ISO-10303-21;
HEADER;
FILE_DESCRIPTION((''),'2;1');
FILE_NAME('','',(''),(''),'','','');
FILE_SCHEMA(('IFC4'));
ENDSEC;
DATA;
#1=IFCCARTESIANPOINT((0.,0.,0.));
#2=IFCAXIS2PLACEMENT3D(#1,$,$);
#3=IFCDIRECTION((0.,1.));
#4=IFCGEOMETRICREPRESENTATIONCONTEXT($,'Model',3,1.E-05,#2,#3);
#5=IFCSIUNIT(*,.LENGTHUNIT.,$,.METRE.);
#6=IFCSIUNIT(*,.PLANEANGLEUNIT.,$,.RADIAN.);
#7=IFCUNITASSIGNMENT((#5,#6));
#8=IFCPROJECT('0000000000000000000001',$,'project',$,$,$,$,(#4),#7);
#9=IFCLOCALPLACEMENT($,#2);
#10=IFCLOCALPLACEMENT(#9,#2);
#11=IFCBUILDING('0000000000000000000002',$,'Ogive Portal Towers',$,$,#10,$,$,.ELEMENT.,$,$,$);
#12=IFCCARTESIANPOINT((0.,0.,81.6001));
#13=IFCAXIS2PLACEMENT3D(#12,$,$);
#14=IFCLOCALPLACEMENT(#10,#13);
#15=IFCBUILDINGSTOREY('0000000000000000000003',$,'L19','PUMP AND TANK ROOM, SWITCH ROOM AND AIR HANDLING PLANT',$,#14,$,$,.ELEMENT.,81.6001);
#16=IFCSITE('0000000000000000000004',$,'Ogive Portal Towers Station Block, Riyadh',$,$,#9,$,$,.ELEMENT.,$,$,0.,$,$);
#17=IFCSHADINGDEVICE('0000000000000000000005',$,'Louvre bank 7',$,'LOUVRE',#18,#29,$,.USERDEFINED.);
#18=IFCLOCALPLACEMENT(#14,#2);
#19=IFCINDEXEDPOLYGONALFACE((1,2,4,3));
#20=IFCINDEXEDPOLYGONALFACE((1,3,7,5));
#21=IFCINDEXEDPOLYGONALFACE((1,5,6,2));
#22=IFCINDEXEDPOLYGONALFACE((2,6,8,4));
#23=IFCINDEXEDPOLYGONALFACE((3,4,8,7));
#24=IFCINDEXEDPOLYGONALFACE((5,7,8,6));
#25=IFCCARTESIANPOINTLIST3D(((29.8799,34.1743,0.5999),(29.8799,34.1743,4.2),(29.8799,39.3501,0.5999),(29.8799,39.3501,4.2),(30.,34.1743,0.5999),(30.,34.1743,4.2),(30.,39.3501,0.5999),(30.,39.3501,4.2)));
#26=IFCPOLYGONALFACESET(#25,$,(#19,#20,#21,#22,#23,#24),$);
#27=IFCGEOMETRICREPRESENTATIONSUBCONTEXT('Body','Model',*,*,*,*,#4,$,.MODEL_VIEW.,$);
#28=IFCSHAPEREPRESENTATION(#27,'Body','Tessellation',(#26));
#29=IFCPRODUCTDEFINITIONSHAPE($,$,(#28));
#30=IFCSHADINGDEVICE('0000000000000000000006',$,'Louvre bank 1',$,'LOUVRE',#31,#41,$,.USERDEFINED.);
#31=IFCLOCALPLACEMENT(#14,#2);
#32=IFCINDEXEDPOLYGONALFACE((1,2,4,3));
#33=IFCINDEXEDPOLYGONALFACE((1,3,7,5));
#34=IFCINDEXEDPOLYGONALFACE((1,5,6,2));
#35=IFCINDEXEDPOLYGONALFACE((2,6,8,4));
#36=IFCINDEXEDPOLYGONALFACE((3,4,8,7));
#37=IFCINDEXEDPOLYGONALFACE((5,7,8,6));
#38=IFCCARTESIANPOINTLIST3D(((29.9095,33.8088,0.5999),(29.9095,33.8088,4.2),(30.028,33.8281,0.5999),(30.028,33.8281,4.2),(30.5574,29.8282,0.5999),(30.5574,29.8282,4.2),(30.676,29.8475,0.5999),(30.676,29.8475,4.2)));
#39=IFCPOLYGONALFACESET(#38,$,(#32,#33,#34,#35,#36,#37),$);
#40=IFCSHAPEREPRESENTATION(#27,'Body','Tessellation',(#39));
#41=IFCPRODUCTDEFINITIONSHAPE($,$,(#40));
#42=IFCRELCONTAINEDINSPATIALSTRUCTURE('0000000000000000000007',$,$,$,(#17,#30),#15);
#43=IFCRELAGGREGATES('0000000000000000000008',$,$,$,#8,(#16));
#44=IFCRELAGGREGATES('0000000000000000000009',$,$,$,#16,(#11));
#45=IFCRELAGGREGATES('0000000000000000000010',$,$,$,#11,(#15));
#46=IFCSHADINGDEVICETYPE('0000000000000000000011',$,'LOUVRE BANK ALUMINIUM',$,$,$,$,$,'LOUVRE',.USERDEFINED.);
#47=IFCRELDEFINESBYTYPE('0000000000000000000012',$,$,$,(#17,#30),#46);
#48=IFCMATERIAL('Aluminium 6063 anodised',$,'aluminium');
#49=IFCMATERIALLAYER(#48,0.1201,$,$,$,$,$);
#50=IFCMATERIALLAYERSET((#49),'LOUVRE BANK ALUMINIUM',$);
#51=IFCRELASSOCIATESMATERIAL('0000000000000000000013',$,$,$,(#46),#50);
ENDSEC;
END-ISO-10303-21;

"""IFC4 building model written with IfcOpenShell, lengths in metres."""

from ifc_helpers import new_model, si_unit, direction, frame, origin, origin_2d, place, context, subcontext, project, spatial, rectangle, extrude, material, layer, layer_set, type_object, element, save


model = new_model("IFC4")

# Units and contexts
model_context = context("Model", 3, precision=1e-05, world=origin(), true_north=direction((0.0, 1.0)))
body_context = subcontext(model_context, "Body", "Model", "MODEL_VIEW")
ifc_project = project(units=[si_unit("LENGTHUNIT", "METRE"), si_unit("PLANEANGLEUNIT", "RADIAN")], contexts=[model_context])

# Site, building, storey
site_placement = place(None, origin())
site = spatial("IfcSite", under=ifc_project, at=site_placement, Name="Ogive Portal Towers Station Block, Riyadh", CompositionType="ELEMENT", RefElevation=0.0)
building_placement = place(site_placement, origin())
building = spatial("IfcBuilding", under=site, at=building_placement, Name="Ogive Portal Towers", CompositionType="ELEMENT")
storey_placement = place(building_placement, frame((0.0, 0.0, 81.6001)))
storey = spatial("IfcBuildingStorey", under=building, at=storey_placement, Name="L19", Description="PUMP AND TANK ROOM, SWITCH ROOM AND AIR HANDLING PLANT", CompositionType="ELEMENT", Elevation=81.6001)

# Shading devices
ifc_material_1 = material(Name="Aluminium 6063 anodised", Category="aluminium")
ifc_layer_1 = layer(ifc_material_1, 0.1201)
ifc_layer_set_1 = layer_set([ifc_layer_1], Name="LOUVRE BANK ALUMINIUM")
shading_device_type = type_object("IfcShadingDeviceType", Name="LOUVRE BANK ALUMINIUM", ElementType="LOUVRE", PredefinedType="USERDEFINED", material=ifc_layer_set_1)
shading_device_1_placement = place(storey_placement, frame((29.9399, 36.7622, 0.5999), z_axis=(0.0, 0.0, 1.0), x_axis=(0.0, -1.0, 0.0)))
element("IfcShadingDevice", 1, at=shading_device_1_placement, inside=storey, type_object=shading_device_type, Name="Louvre bank 7", ObjectType="LOUVRE", PredefinedType="USERDEFINED", context=body_context, shape_type="SweptSolid", body=[
    extrude(rectangle(XDim=5.1758, YDim=0.1201, at=origin_2d()), origin(), (0.0, 0.0, 1.0), 3.6001),
])
shading_device_2_placement = place(storey_placement, frame((30.2927, 31.8281, 0.5999), z_axis=(0.0, 0.0, 1.0), x_axis=(0.160655, -0.987011, 0.0)))
element("IfcShadingDevice", 2, at=shading_device_2_placement, inside=storey, type_object=shading_device_type, Name="Louvre bank 1", ObjectType="LOUVRE", PredefinedType="USERDEFINED", context=body_context, shape_type="SweptSolid", body=[
    extrude(rectangle(XDim=4.033, YDim=0.1201, at=origin_2d()), origin(), (0.0, 0.0, 1.0), 3.6001),
])

save(model, "model.ifc")
